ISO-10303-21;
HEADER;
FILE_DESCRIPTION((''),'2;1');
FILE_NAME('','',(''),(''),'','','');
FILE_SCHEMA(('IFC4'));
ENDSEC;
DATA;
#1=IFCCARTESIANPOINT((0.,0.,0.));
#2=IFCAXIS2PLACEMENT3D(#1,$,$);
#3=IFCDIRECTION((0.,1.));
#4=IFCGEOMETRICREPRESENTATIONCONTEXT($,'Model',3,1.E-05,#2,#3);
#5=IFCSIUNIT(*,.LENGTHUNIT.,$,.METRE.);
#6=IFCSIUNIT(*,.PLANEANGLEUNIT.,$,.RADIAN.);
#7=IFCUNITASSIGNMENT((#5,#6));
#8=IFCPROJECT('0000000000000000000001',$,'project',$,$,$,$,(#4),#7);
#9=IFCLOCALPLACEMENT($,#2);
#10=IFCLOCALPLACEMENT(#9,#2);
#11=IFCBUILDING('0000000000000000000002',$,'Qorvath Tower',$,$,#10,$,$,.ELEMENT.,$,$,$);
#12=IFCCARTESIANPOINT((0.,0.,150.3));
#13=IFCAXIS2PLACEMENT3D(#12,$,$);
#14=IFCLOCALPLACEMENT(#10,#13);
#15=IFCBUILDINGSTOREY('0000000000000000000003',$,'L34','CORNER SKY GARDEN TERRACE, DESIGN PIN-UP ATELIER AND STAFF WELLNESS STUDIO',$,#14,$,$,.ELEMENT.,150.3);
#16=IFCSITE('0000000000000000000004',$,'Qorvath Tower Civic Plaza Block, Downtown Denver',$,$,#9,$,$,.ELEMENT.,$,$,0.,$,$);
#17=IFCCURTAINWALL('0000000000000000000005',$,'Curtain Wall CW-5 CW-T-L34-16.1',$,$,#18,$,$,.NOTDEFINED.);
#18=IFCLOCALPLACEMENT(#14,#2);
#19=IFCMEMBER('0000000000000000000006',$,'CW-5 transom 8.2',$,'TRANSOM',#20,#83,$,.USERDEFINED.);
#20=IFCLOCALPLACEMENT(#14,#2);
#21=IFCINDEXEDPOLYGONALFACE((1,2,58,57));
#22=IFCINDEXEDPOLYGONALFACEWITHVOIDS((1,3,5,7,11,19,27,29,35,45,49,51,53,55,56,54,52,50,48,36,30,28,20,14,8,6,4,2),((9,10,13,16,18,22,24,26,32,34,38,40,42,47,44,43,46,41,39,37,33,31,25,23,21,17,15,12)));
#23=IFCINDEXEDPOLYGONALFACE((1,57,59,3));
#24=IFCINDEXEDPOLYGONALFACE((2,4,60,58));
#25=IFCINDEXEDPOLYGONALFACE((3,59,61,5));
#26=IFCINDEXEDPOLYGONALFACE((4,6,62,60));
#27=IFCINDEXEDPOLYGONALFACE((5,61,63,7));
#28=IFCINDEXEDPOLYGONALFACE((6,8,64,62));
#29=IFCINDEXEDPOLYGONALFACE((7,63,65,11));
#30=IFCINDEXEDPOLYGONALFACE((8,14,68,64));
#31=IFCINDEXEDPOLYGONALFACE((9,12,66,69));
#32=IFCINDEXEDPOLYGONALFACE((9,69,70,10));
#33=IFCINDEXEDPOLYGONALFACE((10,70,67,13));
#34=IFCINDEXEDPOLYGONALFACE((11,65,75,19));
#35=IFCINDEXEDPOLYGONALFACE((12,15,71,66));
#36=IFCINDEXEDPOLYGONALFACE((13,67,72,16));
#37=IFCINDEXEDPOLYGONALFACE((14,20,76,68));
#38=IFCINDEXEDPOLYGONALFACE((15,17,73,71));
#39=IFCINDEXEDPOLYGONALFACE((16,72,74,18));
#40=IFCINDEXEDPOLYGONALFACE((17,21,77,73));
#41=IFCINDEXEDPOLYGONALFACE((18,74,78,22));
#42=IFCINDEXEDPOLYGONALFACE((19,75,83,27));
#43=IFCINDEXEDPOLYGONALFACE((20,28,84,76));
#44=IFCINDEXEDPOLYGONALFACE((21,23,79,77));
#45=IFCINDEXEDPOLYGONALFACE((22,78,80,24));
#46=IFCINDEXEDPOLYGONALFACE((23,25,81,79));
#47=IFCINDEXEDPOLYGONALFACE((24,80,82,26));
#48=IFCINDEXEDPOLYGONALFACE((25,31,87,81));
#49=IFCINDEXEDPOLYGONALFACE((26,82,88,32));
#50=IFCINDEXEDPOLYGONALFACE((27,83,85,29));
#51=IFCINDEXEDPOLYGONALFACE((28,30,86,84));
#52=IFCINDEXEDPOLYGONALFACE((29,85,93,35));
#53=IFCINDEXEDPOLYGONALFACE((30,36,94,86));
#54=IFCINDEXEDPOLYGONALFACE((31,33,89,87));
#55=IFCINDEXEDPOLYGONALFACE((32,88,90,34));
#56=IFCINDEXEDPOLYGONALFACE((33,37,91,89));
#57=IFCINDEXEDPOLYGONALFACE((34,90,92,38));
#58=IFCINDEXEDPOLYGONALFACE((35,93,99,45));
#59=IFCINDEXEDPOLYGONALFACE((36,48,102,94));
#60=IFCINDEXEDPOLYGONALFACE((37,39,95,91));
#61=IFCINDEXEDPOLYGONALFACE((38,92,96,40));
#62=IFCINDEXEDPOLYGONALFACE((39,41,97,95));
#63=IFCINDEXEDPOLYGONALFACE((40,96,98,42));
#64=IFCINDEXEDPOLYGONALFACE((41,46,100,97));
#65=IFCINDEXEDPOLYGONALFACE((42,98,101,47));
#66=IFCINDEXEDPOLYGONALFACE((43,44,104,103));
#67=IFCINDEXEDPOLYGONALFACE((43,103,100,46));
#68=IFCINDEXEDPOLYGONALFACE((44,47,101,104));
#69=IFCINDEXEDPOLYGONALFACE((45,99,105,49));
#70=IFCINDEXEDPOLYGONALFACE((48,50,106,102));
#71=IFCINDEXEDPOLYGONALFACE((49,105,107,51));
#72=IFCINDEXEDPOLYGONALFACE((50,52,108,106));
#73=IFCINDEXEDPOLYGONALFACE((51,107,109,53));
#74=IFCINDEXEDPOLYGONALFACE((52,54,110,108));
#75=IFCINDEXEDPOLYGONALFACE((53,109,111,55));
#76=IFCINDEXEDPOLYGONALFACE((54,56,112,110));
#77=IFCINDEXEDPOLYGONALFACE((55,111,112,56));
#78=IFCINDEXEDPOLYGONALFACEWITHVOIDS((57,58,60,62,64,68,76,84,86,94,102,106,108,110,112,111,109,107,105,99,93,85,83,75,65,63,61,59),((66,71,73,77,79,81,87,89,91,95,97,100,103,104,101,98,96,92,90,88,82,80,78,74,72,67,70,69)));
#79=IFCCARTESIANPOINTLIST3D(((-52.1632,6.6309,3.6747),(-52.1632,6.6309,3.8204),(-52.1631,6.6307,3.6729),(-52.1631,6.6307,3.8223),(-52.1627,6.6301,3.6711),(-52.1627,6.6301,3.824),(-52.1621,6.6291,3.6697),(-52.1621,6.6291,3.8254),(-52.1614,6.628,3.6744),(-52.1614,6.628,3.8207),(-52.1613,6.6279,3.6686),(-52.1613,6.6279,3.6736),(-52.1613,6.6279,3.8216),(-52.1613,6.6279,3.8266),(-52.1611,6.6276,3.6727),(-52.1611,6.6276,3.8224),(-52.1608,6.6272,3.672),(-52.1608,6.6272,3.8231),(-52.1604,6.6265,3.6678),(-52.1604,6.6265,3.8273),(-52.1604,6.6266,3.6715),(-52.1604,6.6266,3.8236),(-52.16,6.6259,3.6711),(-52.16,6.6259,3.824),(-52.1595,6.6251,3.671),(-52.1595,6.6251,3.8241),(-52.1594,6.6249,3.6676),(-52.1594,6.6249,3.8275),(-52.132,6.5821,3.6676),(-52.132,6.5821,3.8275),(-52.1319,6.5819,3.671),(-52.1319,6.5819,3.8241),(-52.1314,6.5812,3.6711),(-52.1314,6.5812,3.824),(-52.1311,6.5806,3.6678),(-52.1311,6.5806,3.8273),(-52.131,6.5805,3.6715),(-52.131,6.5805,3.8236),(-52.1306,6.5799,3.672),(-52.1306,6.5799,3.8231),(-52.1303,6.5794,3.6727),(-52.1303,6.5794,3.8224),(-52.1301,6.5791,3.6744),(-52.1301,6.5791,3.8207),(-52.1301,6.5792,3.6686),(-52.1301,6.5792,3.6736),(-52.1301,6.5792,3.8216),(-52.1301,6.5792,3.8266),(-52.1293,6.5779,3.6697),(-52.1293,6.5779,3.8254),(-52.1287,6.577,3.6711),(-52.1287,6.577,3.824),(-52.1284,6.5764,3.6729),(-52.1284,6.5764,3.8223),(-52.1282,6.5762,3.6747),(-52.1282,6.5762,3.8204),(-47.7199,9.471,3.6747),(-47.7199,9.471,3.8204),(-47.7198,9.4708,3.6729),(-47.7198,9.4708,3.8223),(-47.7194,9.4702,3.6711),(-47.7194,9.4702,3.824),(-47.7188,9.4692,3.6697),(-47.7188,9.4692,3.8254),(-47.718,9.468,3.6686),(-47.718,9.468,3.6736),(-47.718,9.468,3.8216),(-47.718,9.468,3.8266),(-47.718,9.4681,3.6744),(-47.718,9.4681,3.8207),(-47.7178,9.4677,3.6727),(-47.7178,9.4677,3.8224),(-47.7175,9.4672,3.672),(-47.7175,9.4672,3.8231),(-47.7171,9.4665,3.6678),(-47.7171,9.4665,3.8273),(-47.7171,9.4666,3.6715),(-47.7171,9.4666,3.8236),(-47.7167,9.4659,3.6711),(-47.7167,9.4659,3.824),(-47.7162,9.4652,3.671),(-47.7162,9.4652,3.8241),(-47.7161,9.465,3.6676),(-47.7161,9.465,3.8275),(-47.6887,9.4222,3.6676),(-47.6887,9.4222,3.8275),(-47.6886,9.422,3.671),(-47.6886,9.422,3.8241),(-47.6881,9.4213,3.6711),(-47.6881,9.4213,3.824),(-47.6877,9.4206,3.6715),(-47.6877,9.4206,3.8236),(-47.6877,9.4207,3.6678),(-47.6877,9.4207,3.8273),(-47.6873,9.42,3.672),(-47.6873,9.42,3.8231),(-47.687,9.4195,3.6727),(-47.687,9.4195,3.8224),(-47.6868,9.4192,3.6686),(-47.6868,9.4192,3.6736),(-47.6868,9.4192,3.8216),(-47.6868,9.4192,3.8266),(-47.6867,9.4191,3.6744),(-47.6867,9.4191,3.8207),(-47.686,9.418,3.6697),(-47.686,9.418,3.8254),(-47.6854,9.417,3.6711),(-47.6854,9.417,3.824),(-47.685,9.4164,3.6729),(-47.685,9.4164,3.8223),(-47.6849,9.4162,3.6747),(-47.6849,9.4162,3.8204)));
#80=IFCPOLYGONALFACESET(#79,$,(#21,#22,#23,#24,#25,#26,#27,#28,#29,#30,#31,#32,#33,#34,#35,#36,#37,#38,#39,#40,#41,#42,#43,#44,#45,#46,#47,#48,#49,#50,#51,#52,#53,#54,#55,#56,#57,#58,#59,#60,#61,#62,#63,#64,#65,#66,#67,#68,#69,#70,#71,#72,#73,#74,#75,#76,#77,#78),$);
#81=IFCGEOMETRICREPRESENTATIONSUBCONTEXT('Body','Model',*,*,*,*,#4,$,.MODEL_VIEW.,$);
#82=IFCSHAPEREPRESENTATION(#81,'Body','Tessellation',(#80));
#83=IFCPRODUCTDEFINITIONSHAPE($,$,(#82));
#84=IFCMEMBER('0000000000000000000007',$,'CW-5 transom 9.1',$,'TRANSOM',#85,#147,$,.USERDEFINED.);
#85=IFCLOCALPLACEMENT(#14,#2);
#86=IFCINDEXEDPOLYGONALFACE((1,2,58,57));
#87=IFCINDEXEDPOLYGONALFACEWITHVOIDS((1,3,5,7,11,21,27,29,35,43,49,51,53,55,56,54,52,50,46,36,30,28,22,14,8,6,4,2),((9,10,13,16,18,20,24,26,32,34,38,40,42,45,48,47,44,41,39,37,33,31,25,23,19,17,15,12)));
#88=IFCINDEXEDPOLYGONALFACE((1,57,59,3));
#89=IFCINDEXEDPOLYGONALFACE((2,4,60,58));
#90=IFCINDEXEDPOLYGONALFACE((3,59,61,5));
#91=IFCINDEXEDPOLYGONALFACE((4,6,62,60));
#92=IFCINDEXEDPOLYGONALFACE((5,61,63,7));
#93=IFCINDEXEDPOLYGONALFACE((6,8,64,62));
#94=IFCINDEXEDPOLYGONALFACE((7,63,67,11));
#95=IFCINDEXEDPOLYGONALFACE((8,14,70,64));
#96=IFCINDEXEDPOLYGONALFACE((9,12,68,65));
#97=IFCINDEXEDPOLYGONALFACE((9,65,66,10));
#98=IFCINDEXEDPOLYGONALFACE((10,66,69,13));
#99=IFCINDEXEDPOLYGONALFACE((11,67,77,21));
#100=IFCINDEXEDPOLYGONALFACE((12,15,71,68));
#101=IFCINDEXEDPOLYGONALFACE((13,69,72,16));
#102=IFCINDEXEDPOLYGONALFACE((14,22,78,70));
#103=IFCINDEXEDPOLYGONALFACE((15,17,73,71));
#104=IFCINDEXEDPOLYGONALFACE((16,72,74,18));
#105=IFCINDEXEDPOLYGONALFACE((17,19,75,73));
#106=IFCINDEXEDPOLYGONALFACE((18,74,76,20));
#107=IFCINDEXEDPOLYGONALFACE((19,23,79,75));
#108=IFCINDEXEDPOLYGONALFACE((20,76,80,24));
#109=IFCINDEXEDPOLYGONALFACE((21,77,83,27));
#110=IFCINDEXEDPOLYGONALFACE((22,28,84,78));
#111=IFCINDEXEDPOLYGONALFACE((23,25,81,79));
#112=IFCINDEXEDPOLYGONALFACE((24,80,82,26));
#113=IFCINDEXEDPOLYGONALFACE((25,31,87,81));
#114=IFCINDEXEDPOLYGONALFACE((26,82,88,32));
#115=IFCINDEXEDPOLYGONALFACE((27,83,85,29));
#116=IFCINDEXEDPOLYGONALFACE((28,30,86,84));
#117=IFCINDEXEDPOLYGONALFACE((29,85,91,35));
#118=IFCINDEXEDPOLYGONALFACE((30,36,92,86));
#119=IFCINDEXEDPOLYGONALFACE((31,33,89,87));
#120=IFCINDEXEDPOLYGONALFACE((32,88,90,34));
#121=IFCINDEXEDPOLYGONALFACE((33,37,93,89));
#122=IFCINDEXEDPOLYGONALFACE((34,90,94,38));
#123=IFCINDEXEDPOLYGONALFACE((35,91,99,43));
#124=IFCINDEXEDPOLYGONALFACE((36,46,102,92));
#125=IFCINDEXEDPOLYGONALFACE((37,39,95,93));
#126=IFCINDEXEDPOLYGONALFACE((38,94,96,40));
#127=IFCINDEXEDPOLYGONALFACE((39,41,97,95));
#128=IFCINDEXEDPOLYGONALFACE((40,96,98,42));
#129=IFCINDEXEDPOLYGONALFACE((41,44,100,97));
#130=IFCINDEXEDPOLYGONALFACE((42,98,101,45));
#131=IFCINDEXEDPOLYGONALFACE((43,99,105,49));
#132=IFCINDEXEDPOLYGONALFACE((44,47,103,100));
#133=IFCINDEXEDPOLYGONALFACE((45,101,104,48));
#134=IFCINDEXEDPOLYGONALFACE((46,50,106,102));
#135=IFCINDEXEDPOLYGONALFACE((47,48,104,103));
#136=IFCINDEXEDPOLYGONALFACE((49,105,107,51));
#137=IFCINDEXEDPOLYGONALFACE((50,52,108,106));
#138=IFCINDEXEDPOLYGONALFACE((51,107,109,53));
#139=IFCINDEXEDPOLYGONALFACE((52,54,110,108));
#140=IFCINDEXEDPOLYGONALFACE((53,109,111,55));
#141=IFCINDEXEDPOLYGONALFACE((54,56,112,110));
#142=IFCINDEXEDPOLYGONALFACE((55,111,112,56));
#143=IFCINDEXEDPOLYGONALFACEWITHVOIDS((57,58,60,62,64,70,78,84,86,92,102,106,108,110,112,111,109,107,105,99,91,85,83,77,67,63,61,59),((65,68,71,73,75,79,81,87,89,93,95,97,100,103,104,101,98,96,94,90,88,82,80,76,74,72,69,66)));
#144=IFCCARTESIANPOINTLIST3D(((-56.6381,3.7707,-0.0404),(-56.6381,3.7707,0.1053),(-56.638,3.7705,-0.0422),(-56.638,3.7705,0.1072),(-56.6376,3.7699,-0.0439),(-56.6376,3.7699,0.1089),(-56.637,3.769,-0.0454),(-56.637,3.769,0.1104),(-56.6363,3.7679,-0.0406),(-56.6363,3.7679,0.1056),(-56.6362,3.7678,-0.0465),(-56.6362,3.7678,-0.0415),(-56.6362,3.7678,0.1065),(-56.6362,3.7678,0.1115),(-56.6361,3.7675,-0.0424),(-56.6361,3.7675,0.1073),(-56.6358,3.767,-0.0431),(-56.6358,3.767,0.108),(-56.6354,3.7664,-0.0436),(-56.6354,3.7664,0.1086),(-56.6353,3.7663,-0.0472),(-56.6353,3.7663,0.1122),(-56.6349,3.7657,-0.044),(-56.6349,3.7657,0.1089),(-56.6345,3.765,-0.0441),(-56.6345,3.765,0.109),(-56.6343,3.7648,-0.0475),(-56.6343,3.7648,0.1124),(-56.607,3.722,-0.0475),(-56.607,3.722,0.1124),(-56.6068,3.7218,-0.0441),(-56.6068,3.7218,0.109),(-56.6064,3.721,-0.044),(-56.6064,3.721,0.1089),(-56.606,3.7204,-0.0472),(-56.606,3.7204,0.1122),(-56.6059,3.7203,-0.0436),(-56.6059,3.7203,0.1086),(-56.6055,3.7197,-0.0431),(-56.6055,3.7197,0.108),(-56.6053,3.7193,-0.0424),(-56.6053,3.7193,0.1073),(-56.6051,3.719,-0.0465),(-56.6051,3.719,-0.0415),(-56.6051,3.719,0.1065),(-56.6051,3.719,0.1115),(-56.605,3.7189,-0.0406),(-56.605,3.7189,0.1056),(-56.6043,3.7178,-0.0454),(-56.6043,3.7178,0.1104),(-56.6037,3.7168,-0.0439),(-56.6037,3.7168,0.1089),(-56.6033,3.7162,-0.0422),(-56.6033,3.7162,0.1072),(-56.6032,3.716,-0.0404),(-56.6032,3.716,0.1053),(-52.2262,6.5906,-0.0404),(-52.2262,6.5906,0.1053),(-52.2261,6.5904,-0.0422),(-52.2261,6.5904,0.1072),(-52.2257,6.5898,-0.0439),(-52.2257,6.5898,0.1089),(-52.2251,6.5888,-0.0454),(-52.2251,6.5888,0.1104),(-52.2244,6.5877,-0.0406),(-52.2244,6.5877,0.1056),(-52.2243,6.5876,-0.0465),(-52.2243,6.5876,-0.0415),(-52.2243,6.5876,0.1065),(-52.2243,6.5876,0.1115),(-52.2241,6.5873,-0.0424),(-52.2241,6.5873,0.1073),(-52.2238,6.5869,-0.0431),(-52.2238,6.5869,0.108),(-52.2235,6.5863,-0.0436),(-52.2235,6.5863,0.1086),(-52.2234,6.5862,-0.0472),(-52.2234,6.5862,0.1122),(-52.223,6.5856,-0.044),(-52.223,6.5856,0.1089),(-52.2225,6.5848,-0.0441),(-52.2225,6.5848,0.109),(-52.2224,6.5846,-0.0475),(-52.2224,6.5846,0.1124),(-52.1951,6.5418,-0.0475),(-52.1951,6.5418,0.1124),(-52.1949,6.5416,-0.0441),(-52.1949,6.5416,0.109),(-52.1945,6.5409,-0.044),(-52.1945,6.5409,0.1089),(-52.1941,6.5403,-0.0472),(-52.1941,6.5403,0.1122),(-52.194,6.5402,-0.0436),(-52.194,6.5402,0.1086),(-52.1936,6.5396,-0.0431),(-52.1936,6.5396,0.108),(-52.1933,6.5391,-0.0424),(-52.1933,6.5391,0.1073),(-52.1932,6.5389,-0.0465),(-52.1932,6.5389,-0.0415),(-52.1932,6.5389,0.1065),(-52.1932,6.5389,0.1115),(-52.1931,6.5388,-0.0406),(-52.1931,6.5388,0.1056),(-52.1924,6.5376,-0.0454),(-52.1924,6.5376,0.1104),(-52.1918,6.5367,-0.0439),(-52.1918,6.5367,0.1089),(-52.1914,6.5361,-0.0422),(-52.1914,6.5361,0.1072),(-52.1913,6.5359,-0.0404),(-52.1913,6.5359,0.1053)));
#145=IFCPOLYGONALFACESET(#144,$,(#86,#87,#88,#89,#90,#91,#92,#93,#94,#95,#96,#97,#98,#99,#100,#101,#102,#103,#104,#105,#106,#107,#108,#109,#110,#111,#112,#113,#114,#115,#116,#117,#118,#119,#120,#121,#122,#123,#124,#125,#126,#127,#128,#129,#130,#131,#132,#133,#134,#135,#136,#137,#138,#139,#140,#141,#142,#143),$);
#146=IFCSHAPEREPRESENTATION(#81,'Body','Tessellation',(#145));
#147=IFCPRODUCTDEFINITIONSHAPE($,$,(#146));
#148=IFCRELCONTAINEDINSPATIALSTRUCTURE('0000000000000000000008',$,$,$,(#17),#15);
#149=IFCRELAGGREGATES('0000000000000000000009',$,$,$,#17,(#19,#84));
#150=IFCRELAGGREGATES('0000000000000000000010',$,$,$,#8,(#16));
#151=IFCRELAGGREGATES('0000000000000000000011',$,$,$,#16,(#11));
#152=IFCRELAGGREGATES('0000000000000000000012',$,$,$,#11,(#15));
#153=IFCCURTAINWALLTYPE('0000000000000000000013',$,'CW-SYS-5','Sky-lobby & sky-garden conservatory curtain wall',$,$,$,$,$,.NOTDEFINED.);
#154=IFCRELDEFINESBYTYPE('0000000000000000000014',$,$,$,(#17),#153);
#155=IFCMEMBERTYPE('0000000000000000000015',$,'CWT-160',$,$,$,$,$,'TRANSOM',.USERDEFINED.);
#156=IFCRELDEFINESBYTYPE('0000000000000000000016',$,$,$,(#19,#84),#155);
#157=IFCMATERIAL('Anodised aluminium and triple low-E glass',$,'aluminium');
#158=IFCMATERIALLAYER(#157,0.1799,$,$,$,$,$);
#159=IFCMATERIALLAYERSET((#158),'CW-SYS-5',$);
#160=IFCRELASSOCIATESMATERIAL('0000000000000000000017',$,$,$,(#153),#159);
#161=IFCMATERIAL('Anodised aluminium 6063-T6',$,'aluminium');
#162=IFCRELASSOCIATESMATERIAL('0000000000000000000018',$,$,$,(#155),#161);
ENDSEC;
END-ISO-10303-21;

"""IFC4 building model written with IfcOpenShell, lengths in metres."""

from ifc_helpers import new_model, si_unit, direction, frame, origin, origin_2d, place, context, subcontext, project, spatial, hollow_rectangle, extrude, material, layer, layer_set, material_profile, profile_set, type_object, element, aggregate, save


model = new_model("IFC4")

# Units and contexts
model_context = context("Model", 3, precision=1e-05, world=origin(), true_north=direction((0.0, 1.0)))
body_context = subcontext(model_context, "Body", "Model", "MODEL_VIEW")
ifc_project = project(units=[si_unit("LENGTHUNIT", "METRE"), si_unit("PLANEANGLEUNIT", "RADIAN")], contexts=[model_context])

# Site, building, storey
site_placement = place(None, origin())
site = spatial("IfcSite", under=ifc_project, at=site_placement, Name="Qorvath Tower Civic Plaza Block, Downtown Denver", CompositionType="ELEMENT", RefElevation=0.0)
building_placement = place(site_placement, origin())
building = spatial("IfcBuilding", under=site, at=building_placement, Name="Qorvath Tower", CompositionType="ELEMENT")
storey_placement = place(building_placement, frame((0.0, 0.0, 150.3)))
storey = spatial("IfcBuildingStorey", under=building, at=storey_placement, Name="L34", Description="CORNER SKY GARDEN TERRACE, DESIGN PIN-UP ATELIER AND STAFF WELLNESS STUDIO", CompositionType="ELEMENT", Elevation=150.3)

# Curtain wall
ifc_material_1 = material(Name="Anodised aluminium and triple low-E glass", Category="aluminium")
ifc_layer_1 = layer(ifc_material_1, 0.1799)
ifc_layer_set_1 = layer_set([ifc_layer_1], Name="CW-SYS-5")
curtain_wall_type = type_object("IfcCurtainWallType", Name="CW-SYS-5", Description="Sky-lobby & sky-garden conservatory curtain wall", PredefinedType="NOTDEFINED", material=ifc_layer_set_1)
curtain_wall_1_placement = place(storey_placement, origin())
curtain_wall_1 = element("IfcCurtainWall", 1, at=curtain_wall_1_placement, inside=storey, type_object=curtain_wall_type, Name="Curtain Wall CW-5 CW-T-L34-16.1", PredefinedType="NOTDEFINED")

# Members
ifc_material_2 = material(Name="Anodised aluminium 6063-T6", Category="aluminium")
ifc_material_profile_1 = material_profile(ifc_material_2, hollow_rectangle(XDim=0.0649, YDim=0.1599, WallThickness=0.0034, InnerFilletRadius=0.0034, OuterFilletRadius=0.0071, at=origin_2d()), Name="CWT 160x65")
ifc_profile_set_1 = profile_set([ifc_material_profile_1], Name="Anodised aluminium 6063-T6")
member_type_1 = type_object("IfcMemberType", Name="CWT-160", ElementType="TRANSOM", PredefinedType="USERDEFINED", material=ifc_profile_set_1)
member_1_placement = place(storey_placement, frame((-47.7024, 9.4436, 3.7476), z_axis=(-0.842587, -0.538561, 0.0), x_axis=(0.538561, -0.842587, 0.0)))
member_1 = element("IfcMember", 2, at=member_1_placement, type_object=member_type_1, Name="CW-5 transom 8.2", ObjectType="TRANSOM", PredefinedType="USERDEFINED", context=body_context, shape_type="SweptSolid", body=[
    extrude(hollow_rectangle(XDim=0.0649, YDim=0.1599, WallThickness=0.0034, InnerFilletRadius=0.0034, OuterFilletRadius=0.0071, at=origin_2d()), origin(), (0.0, 0.0, 1.0), 5.2734),
])
member_2_placement = place(storey_placement, frame((-52.2087, 6.5632, 0.0325), z_axis=(-0.842598, -0.538543, 0.0), x_axis=(0.538543, -0.842598, 0.0)))
member_2 = element("IfcMember", 3, at=member_2_placement, type_object=member_type_1, Name="CW-5 transom 9.1", ObjectType="TRANSOM", PredefinedType="USERDEFINED", context=body_context, shape_type="SweptSolid", body=[
    extrude(hollow_rectangle(XDim=0.0649, YDim=0.1599, WallThickness=0.0034, InnerFilletRadius=0.0034, OuterFilletRadius=0.0071, at=origin_2d()), origin(), (0.0, 0.0, 1.0), 5.2361),
])

aggregate(curtain_wall_1, [member_1, member_2])

save(model, "model.ifc")
